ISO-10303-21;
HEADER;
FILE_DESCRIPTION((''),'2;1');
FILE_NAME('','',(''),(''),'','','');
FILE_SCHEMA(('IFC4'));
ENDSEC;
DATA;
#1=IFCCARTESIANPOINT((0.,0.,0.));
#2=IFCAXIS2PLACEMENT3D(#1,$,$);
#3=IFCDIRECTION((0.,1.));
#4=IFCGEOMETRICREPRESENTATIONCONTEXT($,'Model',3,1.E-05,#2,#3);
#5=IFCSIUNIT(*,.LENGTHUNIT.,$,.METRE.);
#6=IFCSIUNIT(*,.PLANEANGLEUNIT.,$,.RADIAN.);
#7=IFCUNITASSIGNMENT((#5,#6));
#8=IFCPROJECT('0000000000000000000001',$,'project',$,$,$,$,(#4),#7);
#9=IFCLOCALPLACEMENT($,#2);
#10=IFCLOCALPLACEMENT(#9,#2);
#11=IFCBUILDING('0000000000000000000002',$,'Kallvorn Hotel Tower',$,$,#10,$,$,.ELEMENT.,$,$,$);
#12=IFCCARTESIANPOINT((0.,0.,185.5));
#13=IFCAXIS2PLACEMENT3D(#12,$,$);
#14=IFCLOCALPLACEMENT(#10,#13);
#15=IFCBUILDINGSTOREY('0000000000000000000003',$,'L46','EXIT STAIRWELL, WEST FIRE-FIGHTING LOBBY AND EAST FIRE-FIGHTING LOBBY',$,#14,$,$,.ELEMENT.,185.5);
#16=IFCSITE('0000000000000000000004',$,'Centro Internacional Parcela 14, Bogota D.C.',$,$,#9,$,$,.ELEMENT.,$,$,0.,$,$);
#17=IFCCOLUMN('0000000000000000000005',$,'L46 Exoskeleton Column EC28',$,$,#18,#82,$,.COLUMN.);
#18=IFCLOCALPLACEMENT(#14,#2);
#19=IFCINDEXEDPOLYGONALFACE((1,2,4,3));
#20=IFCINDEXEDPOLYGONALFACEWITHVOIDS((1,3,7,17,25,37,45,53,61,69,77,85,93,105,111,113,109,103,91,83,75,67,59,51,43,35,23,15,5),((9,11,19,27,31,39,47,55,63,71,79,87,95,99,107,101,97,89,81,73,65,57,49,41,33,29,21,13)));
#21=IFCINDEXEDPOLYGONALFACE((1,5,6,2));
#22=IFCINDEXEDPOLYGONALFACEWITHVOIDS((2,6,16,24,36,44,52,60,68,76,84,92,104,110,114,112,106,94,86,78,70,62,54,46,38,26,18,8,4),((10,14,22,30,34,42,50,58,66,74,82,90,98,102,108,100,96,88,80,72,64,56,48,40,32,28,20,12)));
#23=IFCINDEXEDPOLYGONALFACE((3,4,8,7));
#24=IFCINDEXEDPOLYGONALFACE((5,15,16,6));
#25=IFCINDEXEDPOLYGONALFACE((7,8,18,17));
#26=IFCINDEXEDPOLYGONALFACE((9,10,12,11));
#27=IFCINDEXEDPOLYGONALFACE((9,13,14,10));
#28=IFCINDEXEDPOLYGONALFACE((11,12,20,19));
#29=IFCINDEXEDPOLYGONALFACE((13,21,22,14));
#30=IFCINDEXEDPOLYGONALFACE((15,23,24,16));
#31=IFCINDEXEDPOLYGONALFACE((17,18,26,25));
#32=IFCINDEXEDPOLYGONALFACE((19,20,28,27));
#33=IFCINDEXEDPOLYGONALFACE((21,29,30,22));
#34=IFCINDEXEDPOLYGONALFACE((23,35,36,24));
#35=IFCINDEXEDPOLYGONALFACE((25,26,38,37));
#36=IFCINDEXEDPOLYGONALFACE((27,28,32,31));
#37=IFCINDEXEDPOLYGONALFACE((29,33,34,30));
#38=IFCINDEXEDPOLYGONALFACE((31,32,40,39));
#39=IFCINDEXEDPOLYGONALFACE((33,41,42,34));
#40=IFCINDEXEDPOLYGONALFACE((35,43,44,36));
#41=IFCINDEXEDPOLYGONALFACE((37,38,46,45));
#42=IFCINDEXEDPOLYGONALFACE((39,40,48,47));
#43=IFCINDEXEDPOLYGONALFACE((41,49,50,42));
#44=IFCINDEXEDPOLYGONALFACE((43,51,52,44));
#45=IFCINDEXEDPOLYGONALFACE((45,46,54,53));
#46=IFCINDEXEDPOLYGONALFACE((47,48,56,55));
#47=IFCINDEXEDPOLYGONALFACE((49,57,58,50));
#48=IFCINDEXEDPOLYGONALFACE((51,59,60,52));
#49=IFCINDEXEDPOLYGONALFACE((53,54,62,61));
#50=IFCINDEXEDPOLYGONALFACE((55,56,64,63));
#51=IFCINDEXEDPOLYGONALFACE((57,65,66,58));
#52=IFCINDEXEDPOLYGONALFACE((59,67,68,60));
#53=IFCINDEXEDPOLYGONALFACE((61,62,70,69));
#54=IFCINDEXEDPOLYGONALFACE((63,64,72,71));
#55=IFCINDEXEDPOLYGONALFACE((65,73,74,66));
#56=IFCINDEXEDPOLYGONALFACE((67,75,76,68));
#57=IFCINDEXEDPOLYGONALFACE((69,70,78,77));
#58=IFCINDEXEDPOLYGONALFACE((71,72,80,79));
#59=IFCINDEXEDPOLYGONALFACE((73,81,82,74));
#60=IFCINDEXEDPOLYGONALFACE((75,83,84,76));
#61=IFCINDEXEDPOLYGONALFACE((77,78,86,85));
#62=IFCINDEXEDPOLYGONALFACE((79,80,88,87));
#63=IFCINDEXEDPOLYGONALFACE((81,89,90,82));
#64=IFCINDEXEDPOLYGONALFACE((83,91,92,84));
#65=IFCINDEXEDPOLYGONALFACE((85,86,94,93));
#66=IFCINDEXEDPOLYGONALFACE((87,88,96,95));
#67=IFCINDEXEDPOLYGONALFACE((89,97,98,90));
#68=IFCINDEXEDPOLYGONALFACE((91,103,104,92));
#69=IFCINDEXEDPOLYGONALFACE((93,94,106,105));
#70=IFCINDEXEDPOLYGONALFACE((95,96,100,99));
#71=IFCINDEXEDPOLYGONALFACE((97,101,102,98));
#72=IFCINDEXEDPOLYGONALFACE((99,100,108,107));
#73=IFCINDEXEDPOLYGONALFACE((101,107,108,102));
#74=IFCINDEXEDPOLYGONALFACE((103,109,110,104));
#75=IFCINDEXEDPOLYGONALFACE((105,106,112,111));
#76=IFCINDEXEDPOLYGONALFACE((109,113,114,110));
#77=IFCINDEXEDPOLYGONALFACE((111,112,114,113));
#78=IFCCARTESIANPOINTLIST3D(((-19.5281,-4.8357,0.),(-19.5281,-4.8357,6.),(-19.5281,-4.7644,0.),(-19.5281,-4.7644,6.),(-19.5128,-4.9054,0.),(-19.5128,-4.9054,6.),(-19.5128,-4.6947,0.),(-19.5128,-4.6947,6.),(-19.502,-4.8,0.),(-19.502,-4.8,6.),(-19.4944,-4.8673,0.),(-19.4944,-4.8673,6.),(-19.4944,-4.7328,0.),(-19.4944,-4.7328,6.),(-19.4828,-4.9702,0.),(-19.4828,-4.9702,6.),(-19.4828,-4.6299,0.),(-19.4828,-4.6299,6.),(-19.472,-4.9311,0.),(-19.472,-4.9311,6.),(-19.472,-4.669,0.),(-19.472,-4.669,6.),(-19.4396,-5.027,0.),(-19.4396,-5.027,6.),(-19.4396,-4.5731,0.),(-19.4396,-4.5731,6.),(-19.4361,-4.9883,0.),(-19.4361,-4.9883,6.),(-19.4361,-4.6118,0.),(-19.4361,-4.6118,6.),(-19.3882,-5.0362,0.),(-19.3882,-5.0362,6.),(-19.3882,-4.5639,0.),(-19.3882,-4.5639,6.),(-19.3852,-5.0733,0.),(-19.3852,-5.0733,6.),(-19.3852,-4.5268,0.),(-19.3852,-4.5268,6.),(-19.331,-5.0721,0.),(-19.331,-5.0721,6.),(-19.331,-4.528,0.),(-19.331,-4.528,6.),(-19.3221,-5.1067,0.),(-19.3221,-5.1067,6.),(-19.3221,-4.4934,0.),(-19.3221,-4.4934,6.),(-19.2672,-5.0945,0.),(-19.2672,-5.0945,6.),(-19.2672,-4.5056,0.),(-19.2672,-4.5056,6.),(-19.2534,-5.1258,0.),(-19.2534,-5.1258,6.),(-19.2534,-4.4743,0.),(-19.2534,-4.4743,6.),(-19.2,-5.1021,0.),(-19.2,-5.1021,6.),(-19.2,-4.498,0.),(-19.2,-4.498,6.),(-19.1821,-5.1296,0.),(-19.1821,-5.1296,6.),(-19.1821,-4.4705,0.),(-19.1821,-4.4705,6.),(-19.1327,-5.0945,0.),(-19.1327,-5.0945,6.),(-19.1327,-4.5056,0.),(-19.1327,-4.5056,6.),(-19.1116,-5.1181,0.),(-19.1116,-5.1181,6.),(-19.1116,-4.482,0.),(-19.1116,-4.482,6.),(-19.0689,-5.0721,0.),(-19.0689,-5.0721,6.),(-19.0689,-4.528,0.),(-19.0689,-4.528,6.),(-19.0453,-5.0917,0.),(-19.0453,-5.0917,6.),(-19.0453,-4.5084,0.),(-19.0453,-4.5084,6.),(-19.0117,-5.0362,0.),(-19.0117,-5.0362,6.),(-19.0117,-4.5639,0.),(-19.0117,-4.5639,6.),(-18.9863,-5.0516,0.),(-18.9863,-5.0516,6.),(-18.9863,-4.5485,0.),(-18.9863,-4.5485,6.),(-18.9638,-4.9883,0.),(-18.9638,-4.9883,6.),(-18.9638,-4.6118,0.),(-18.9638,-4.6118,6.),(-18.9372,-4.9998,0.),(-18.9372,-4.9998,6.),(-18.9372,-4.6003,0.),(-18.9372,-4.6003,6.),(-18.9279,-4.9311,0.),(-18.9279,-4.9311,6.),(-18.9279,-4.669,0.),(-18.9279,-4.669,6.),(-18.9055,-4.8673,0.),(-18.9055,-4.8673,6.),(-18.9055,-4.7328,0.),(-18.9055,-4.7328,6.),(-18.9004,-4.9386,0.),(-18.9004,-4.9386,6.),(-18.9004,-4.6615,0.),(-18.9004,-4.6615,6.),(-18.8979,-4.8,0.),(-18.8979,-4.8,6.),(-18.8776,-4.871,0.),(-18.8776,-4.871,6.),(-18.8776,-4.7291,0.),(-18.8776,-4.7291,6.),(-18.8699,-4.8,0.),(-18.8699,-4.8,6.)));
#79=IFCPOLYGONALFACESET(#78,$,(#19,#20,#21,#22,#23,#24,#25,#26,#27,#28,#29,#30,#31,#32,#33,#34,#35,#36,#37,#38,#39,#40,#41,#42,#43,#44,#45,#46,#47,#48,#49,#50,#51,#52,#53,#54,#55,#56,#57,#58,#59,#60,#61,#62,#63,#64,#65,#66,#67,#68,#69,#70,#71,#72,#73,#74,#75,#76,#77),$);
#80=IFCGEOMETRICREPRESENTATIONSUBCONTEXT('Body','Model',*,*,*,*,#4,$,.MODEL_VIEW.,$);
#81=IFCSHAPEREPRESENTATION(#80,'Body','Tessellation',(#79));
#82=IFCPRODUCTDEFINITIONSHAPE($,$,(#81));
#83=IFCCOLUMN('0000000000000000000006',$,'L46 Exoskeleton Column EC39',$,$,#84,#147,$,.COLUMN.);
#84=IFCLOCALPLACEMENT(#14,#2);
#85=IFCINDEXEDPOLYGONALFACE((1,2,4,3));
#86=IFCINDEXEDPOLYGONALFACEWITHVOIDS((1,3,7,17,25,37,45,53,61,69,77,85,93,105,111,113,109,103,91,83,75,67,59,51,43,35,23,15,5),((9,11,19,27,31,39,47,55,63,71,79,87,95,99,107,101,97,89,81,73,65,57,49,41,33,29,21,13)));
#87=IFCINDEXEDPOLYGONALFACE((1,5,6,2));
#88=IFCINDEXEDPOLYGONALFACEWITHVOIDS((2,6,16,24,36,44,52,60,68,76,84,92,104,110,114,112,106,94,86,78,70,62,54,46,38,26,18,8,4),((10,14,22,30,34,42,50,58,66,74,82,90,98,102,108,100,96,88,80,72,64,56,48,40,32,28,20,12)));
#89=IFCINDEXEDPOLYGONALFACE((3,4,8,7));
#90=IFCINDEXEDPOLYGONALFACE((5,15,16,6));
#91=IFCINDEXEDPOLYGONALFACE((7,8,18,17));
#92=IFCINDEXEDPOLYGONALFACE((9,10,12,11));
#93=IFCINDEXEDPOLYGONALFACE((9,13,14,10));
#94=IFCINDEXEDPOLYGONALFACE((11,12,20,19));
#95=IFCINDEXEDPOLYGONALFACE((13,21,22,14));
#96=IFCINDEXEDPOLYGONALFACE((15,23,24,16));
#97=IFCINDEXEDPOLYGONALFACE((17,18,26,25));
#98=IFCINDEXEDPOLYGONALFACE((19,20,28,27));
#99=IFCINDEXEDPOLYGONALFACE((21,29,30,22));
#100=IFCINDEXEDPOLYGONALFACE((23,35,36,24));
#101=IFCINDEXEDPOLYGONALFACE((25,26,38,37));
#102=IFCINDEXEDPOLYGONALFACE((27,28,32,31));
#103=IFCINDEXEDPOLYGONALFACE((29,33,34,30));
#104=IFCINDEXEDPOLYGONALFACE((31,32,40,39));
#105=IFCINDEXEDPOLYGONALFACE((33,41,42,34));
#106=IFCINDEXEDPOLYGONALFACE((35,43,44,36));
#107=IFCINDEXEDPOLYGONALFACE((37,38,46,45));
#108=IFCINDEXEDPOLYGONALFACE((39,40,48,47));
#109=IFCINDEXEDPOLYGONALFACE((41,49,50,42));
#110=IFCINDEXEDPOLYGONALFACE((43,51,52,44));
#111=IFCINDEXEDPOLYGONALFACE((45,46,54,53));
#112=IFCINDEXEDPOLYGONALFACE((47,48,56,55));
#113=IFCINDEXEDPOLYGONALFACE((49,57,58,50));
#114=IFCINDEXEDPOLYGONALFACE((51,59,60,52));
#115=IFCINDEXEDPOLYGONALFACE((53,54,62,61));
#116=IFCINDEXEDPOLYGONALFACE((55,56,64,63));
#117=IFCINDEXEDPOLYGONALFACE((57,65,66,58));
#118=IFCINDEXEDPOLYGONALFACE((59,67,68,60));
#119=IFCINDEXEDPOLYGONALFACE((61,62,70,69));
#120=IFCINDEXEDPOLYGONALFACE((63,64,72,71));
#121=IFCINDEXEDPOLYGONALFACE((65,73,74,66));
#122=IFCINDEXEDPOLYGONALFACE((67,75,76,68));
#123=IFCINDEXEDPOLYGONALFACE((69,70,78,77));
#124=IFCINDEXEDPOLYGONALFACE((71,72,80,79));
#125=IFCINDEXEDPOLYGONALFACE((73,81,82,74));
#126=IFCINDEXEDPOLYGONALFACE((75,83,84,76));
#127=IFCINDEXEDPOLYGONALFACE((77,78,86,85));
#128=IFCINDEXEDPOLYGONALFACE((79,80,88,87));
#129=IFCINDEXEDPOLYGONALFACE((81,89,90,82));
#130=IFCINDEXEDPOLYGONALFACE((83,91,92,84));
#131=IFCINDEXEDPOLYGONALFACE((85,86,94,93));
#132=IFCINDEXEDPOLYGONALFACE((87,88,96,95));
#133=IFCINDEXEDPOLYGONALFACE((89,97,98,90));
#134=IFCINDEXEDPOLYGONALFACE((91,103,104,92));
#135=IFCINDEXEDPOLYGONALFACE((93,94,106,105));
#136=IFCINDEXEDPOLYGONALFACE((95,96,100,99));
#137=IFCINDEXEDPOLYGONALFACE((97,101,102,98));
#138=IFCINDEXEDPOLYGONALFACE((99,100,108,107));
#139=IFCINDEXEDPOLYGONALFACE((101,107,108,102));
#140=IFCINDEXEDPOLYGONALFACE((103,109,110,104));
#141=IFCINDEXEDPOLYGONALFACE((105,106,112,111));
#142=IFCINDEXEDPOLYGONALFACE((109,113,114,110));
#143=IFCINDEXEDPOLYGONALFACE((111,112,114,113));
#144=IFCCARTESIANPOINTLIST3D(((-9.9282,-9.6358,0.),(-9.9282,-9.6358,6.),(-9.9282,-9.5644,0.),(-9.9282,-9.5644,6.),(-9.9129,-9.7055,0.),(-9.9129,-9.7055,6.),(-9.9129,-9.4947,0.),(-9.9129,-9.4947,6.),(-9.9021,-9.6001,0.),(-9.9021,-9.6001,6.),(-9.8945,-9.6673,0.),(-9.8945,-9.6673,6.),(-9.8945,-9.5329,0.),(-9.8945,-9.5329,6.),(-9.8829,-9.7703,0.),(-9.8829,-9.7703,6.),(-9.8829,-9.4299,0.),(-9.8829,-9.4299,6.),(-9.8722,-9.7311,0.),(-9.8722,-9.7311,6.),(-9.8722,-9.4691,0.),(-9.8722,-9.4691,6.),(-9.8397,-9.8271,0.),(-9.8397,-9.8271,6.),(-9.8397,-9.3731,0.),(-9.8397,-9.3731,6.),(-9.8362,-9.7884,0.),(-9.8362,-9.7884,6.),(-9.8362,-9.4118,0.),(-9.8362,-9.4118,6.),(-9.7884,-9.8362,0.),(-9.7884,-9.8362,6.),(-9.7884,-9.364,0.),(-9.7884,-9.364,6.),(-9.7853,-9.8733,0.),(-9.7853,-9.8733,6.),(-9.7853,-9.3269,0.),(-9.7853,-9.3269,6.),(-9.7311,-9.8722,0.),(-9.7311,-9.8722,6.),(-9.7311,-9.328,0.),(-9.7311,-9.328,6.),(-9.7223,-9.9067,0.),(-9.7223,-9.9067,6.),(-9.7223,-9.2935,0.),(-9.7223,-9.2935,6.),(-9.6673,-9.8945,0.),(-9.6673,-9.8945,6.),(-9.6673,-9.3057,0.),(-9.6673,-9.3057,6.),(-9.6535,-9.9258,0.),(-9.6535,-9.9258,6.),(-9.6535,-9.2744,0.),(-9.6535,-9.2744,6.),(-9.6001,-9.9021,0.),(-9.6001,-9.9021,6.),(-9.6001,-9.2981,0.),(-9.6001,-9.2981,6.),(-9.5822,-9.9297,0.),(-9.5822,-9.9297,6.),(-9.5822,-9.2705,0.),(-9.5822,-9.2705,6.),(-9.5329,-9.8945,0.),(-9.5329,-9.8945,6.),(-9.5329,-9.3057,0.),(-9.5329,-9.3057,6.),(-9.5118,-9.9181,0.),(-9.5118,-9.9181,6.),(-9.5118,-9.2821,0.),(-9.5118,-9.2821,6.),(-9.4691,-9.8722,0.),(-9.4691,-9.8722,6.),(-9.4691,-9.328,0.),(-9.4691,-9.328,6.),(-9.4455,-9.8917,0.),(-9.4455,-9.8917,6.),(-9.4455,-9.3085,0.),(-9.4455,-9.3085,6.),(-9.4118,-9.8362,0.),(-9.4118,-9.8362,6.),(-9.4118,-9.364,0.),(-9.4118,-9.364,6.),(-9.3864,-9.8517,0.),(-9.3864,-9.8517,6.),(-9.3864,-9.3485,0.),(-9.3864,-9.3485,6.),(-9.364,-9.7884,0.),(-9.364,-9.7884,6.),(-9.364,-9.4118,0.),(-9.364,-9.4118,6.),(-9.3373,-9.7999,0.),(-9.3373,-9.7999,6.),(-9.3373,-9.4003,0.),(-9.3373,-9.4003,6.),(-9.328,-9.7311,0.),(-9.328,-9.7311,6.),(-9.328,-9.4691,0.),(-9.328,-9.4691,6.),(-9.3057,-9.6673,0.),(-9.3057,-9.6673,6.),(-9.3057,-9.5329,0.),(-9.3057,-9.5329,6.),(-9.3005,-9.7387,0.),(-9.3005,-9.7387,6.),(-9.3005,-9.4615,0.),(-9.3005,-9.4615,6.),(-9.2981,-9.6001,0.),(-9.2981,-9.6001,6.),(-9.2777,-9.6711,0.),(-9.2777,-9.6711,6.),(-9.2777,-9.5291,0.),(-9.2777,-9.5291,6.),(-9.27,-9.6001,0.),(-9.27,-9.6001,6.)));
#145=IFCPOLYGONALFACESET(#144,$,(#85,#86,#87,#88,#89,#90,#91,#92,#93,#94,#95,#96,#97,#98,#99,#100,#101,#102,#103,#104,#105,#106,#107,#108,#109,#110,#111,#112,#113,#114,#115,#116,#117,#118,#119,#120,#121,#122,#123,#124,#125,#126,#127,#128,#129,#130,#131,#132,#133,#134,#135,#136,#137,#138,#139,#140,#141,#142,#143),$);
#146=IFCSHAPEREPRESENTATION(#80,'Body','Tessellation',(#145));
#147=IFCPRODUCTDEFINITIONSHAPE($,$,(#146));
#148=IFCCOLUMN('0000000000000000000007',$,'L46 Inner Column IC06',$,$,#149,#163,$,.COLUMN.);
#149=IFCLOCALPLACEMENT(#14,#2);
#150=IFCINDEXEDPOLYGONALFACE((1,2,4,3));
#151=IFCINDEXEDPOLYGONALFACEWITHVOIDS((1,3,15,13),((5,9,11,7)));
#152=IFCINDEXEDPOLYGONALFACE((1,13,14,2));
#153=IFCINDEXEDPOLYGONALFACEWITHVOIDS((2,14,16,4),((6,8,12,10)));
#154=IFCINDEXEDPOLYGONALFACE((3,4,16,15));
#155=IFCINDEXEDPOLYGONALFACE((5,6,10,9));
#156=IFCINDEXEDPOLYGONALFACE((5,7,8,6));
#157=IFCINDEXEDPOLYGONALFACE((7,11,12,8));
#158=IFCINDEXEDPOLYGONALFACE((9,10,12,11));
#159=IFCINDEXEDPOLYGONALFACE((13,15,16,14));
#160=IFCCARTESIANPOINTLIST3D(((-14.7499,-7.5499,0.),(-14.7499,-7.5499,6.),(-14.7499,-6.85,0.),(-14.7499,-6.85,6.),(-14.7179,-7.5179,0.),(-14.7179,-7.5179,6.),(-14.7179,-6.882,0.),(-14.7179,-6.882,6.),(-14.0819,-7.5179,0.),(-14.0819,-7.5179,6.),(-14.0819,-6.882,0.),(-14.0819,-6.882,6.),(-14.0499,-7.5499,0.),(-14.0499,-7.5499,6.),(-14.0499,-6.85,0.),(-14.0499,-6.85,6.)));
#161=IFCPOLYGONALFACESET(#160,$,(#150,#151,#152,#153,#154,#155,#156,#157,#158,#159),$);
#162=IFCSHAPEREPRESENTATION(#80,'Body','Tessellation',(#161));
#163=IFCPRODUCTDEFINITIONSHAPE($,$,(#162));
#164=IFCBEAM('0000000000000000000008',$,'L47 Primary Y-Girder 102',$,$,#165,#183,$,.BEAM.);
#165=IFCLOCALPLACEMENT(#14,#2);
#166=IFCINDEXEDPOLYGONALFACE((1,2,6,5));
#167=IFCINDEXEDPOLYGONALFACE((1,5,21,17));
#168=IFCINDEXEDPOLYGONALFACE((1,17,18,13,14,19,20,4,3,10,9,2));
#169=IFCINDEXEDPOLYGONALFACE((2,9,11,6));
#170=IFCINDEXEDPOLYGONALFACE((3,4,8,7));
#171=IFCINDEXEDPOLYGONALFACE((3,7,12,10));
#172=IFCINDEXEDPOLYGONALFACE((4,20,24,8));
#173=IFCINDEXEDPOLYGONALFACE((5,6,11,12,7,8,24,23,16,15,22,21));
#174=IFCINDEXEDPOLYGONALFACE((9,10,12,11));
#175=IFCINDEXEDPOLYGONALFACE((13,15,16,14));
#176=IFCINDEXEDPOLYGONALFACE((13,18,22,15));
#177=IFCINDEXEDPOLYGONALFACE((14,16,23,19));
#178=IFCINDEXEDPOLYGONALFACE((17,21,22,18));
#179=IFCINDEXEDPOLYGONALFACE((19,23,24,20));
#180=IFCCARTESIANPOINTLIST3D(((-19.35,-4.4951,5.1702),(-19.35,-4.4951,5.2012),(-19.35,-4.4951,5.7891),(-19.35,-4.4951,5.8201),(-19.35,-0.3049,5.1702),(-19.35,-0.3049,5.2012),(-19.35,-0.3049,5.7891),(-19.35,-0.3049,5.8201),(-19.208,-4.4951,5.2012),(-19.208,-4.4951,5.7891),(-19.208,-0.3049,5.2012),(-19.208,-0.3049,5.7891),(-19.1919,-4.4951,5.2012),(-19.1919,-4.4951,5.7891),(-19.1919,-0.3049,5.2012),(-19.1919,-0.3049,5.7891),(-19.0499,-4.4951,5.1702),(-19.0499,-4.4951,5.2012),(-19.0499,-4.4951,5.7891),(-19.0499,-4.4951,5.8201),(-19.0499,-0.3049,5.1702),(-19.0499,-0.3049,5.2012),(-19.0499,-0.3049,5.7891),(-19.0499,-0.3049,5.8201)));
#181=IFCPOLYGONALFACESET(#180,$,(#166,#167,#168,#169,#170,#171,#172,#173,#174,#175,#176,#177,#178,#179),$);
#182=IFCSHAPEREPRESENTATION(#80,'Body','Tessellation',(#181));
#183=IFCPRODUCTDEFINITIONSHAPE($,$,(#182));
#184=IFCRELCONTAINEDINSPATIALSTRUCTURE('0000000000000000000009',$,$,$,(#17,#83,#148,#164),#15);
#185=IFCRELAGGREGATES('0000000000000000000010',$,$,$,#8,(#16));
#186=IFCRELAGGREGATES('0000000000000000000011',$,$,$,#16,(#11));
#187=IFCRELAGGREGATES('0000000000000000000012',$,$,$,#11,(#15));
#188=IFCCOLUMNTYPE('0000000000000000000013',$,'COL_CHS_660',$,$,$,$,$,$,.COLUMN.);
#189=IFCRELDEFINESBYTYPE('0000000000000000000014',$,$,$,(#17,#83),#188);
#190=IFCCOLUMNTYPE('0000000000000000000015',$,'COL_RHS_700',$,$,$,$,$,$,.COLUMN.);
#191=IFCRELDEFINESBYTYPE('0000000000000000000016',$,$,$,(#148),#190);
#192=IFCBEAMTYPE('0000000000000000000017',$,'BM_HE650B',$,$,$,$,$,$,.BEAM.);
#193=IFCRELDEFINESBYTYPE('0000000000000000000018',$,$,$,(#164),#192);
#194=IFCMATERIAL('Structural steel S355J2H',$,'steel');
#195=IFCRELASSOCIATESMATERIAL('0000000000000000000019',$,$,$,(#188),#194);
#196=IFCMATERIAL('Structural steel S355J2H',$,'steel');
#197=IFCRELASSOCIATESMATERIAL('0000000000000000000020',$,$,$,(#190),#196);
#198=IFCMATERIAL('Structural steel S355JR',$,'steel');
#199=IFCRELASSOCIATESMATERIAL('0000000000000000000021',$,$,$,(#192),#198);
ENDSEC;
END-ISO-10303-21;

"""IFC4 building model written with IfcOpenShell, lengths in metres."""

from ifc_helpers import new_model, si_unit, direction, frame, origin, origin_2d, place, context, subcontext, project, spatial, hollow_rectangle, hollow_circle, i_section, extrude, material, material_profile, profile_set, type_object, element, save


model = new_model("IFC4")

# Units and contexts
model_context = context("Model", 3, precision=1e-05, world=origin(), true_north=direction((0.0, 1.0)))
body_context = subcontext(model_context, "Body", "Model", "MODEL_VIEW")
ifc_project = project(units=[si_unit("LENGTHUNIT", "METRE"), si_unit("PLANEANGLEUNIT", "RADIAN")], contexts=[model_context])

# Site, building, storey
site_placement = place(None, origin())
site = spatial("IfcSite", under=ifc_project, at=site_placement, Name="Centro Internacional Parcela 14, Bogota D.C.", CompositionType="ELEMENT", RefElevation=0.0)
building_placement = place(site_placement, origin())
building = spatial("IfcBuilding", under=site, at=building_placement, Name="Kallvorn Hotel Tower", CompositionType="ELEMENT")
storey_placement = place(building_placement, frame((0.0, 0.0, 185.5)))
storey = spatial("IfcBuildingStorey", under=building, at=storey_placement, Name="L46", Description="EXIT STAIRWELL, WEST FIRE-FIGHTING LOBBY AND EAST FIRE-FIGHTING LOBBY", CompositionType="ELEMENT", Elevation=185.5)

# Columns
ifc_material_1 = material(Name="Structural steel S355J2H", Category="steel")
ifc_material_profile_1 = material_profile(ifc_material_1, hollow_circle(Radius=0.3301, WallThickness=0.0281, at=origin_2d()), Name="CHS 660x28")
ifc_profile_set_1 = profile_set([ifc_material_profile_1], Name="Structural steel S355J2H")
column_type_1 = type_object("IfcColumnType", Name="COL_CHS_660", PredefinedType="COLUMN", material=ifc_profile_set_1)
for number, where, z_axis, x_axis, name in (
    (1, (-19.2, -4.8, 0.0), (0.0, 0.0, 1.0), (1.0, 0.0, 0.0), "L46 Exoskeleton Column EC28"),
    (2, (-9.6001, -9.6001, 0.0), (0.0, 0.0, 1.0), (1.0, 0.0, 0.0), "L46 Exoskeleton Column EC39"),
):
    element("IfcColumn", number, at=place(storey_placement, frame(where, z_axis=z_axis, x_axis=x_axis)), inside=storey, type_object=column_type_1, Name=name, PredefinedType="COLUMN", context=body_context, shape_type="SweptSolid", body=[
        extrude(hollow_circle(Radius=0.3301, WallThickness=0.0281, at=origin_2d()), origin(), (0.0, 0.0, 1.0), 6.0),
    ])
ifc_material_2 = material(Name="Structural steel S355J2H", Category="steel")
ifc_material_profile_2 = material_profile(ifc_material_2, hollow_rectangle(XDim=0.7, YDim=0.7, WallThickness=0.032, at=origin_2d()), Name="RHS 700x700x32")
ifc_profile_set_2 = profile_set([ifc_material_profile_2], Name="Structural steel S355J2H")
column_type_2 = type_object("IfcColumnType", Name="COL_RHS_700", PredefinedType="COLUMN", material=ifc_profile_set_2)
column_placement = place(storey_placement, frame((-14.3999, -7.2, 0.0), z_axis=(0.0, 0.0, 1.0), x_axis=(1.0, 0.0, 0.0)))
element("IfcColumn", 3, at=column_placement, inside=storey, type_object=column_type_2, Name="L46 Inner Column IC06", PredefinedType="COLUMN", context=body_context, shape_type="SweptSolid", body=[
    extrude(hollow_rectangle(XDim=0.7, YDim=0.7, WallThickness=0.032, at=origin_2d()), origin(), (0.0, 0.0, 1.0), 6.0),
])

# Beam
ifc_material_3 = material(Name="Structural steel S355JR", Category="steel")
ifc_material_profile_3 = material_profile(ifc_material_3, i_section(OverallWidth=0.3, OverallDepth=0.6499, WebThickness=0.0161, FlangeThickness=0.031, at=origin_2d()), Name="HE 650 B")
ifc_profile_set_3 = profile_set([ifc_material_profile_3], Name="Structural steel S355JR")
beam_type_1 = type_object("IfcBeamType", Name="BM_HE650B", PredefinedType="BEAM", material=ifc_profile_set_3)
beam_1_placement = place(storey_placement, frame((-19.2, -4.4951, 5.4951), z_axis=(0.0, 1.0, 0.0), x_axis=(-1.0, 0.0, 0.0)))
element("IfcBeam", 4, at=beam_1_placement, inside=storey, type_object=beam_type_1, Name="L47 Primary Y-Girder 102", PredefinedType="BEAM", context=body_context, shape_type="SweptSolid", body=[
    extrude(i_section(OverallWidth=0.3, OverallDepth=0.6499, WebThickness=0.0161, FlangeThickness=0.031, at=origin_2d()), origin(), (0.0, 0.0, 1.0), 4.1902),
])

save(model, "model.ifc")
